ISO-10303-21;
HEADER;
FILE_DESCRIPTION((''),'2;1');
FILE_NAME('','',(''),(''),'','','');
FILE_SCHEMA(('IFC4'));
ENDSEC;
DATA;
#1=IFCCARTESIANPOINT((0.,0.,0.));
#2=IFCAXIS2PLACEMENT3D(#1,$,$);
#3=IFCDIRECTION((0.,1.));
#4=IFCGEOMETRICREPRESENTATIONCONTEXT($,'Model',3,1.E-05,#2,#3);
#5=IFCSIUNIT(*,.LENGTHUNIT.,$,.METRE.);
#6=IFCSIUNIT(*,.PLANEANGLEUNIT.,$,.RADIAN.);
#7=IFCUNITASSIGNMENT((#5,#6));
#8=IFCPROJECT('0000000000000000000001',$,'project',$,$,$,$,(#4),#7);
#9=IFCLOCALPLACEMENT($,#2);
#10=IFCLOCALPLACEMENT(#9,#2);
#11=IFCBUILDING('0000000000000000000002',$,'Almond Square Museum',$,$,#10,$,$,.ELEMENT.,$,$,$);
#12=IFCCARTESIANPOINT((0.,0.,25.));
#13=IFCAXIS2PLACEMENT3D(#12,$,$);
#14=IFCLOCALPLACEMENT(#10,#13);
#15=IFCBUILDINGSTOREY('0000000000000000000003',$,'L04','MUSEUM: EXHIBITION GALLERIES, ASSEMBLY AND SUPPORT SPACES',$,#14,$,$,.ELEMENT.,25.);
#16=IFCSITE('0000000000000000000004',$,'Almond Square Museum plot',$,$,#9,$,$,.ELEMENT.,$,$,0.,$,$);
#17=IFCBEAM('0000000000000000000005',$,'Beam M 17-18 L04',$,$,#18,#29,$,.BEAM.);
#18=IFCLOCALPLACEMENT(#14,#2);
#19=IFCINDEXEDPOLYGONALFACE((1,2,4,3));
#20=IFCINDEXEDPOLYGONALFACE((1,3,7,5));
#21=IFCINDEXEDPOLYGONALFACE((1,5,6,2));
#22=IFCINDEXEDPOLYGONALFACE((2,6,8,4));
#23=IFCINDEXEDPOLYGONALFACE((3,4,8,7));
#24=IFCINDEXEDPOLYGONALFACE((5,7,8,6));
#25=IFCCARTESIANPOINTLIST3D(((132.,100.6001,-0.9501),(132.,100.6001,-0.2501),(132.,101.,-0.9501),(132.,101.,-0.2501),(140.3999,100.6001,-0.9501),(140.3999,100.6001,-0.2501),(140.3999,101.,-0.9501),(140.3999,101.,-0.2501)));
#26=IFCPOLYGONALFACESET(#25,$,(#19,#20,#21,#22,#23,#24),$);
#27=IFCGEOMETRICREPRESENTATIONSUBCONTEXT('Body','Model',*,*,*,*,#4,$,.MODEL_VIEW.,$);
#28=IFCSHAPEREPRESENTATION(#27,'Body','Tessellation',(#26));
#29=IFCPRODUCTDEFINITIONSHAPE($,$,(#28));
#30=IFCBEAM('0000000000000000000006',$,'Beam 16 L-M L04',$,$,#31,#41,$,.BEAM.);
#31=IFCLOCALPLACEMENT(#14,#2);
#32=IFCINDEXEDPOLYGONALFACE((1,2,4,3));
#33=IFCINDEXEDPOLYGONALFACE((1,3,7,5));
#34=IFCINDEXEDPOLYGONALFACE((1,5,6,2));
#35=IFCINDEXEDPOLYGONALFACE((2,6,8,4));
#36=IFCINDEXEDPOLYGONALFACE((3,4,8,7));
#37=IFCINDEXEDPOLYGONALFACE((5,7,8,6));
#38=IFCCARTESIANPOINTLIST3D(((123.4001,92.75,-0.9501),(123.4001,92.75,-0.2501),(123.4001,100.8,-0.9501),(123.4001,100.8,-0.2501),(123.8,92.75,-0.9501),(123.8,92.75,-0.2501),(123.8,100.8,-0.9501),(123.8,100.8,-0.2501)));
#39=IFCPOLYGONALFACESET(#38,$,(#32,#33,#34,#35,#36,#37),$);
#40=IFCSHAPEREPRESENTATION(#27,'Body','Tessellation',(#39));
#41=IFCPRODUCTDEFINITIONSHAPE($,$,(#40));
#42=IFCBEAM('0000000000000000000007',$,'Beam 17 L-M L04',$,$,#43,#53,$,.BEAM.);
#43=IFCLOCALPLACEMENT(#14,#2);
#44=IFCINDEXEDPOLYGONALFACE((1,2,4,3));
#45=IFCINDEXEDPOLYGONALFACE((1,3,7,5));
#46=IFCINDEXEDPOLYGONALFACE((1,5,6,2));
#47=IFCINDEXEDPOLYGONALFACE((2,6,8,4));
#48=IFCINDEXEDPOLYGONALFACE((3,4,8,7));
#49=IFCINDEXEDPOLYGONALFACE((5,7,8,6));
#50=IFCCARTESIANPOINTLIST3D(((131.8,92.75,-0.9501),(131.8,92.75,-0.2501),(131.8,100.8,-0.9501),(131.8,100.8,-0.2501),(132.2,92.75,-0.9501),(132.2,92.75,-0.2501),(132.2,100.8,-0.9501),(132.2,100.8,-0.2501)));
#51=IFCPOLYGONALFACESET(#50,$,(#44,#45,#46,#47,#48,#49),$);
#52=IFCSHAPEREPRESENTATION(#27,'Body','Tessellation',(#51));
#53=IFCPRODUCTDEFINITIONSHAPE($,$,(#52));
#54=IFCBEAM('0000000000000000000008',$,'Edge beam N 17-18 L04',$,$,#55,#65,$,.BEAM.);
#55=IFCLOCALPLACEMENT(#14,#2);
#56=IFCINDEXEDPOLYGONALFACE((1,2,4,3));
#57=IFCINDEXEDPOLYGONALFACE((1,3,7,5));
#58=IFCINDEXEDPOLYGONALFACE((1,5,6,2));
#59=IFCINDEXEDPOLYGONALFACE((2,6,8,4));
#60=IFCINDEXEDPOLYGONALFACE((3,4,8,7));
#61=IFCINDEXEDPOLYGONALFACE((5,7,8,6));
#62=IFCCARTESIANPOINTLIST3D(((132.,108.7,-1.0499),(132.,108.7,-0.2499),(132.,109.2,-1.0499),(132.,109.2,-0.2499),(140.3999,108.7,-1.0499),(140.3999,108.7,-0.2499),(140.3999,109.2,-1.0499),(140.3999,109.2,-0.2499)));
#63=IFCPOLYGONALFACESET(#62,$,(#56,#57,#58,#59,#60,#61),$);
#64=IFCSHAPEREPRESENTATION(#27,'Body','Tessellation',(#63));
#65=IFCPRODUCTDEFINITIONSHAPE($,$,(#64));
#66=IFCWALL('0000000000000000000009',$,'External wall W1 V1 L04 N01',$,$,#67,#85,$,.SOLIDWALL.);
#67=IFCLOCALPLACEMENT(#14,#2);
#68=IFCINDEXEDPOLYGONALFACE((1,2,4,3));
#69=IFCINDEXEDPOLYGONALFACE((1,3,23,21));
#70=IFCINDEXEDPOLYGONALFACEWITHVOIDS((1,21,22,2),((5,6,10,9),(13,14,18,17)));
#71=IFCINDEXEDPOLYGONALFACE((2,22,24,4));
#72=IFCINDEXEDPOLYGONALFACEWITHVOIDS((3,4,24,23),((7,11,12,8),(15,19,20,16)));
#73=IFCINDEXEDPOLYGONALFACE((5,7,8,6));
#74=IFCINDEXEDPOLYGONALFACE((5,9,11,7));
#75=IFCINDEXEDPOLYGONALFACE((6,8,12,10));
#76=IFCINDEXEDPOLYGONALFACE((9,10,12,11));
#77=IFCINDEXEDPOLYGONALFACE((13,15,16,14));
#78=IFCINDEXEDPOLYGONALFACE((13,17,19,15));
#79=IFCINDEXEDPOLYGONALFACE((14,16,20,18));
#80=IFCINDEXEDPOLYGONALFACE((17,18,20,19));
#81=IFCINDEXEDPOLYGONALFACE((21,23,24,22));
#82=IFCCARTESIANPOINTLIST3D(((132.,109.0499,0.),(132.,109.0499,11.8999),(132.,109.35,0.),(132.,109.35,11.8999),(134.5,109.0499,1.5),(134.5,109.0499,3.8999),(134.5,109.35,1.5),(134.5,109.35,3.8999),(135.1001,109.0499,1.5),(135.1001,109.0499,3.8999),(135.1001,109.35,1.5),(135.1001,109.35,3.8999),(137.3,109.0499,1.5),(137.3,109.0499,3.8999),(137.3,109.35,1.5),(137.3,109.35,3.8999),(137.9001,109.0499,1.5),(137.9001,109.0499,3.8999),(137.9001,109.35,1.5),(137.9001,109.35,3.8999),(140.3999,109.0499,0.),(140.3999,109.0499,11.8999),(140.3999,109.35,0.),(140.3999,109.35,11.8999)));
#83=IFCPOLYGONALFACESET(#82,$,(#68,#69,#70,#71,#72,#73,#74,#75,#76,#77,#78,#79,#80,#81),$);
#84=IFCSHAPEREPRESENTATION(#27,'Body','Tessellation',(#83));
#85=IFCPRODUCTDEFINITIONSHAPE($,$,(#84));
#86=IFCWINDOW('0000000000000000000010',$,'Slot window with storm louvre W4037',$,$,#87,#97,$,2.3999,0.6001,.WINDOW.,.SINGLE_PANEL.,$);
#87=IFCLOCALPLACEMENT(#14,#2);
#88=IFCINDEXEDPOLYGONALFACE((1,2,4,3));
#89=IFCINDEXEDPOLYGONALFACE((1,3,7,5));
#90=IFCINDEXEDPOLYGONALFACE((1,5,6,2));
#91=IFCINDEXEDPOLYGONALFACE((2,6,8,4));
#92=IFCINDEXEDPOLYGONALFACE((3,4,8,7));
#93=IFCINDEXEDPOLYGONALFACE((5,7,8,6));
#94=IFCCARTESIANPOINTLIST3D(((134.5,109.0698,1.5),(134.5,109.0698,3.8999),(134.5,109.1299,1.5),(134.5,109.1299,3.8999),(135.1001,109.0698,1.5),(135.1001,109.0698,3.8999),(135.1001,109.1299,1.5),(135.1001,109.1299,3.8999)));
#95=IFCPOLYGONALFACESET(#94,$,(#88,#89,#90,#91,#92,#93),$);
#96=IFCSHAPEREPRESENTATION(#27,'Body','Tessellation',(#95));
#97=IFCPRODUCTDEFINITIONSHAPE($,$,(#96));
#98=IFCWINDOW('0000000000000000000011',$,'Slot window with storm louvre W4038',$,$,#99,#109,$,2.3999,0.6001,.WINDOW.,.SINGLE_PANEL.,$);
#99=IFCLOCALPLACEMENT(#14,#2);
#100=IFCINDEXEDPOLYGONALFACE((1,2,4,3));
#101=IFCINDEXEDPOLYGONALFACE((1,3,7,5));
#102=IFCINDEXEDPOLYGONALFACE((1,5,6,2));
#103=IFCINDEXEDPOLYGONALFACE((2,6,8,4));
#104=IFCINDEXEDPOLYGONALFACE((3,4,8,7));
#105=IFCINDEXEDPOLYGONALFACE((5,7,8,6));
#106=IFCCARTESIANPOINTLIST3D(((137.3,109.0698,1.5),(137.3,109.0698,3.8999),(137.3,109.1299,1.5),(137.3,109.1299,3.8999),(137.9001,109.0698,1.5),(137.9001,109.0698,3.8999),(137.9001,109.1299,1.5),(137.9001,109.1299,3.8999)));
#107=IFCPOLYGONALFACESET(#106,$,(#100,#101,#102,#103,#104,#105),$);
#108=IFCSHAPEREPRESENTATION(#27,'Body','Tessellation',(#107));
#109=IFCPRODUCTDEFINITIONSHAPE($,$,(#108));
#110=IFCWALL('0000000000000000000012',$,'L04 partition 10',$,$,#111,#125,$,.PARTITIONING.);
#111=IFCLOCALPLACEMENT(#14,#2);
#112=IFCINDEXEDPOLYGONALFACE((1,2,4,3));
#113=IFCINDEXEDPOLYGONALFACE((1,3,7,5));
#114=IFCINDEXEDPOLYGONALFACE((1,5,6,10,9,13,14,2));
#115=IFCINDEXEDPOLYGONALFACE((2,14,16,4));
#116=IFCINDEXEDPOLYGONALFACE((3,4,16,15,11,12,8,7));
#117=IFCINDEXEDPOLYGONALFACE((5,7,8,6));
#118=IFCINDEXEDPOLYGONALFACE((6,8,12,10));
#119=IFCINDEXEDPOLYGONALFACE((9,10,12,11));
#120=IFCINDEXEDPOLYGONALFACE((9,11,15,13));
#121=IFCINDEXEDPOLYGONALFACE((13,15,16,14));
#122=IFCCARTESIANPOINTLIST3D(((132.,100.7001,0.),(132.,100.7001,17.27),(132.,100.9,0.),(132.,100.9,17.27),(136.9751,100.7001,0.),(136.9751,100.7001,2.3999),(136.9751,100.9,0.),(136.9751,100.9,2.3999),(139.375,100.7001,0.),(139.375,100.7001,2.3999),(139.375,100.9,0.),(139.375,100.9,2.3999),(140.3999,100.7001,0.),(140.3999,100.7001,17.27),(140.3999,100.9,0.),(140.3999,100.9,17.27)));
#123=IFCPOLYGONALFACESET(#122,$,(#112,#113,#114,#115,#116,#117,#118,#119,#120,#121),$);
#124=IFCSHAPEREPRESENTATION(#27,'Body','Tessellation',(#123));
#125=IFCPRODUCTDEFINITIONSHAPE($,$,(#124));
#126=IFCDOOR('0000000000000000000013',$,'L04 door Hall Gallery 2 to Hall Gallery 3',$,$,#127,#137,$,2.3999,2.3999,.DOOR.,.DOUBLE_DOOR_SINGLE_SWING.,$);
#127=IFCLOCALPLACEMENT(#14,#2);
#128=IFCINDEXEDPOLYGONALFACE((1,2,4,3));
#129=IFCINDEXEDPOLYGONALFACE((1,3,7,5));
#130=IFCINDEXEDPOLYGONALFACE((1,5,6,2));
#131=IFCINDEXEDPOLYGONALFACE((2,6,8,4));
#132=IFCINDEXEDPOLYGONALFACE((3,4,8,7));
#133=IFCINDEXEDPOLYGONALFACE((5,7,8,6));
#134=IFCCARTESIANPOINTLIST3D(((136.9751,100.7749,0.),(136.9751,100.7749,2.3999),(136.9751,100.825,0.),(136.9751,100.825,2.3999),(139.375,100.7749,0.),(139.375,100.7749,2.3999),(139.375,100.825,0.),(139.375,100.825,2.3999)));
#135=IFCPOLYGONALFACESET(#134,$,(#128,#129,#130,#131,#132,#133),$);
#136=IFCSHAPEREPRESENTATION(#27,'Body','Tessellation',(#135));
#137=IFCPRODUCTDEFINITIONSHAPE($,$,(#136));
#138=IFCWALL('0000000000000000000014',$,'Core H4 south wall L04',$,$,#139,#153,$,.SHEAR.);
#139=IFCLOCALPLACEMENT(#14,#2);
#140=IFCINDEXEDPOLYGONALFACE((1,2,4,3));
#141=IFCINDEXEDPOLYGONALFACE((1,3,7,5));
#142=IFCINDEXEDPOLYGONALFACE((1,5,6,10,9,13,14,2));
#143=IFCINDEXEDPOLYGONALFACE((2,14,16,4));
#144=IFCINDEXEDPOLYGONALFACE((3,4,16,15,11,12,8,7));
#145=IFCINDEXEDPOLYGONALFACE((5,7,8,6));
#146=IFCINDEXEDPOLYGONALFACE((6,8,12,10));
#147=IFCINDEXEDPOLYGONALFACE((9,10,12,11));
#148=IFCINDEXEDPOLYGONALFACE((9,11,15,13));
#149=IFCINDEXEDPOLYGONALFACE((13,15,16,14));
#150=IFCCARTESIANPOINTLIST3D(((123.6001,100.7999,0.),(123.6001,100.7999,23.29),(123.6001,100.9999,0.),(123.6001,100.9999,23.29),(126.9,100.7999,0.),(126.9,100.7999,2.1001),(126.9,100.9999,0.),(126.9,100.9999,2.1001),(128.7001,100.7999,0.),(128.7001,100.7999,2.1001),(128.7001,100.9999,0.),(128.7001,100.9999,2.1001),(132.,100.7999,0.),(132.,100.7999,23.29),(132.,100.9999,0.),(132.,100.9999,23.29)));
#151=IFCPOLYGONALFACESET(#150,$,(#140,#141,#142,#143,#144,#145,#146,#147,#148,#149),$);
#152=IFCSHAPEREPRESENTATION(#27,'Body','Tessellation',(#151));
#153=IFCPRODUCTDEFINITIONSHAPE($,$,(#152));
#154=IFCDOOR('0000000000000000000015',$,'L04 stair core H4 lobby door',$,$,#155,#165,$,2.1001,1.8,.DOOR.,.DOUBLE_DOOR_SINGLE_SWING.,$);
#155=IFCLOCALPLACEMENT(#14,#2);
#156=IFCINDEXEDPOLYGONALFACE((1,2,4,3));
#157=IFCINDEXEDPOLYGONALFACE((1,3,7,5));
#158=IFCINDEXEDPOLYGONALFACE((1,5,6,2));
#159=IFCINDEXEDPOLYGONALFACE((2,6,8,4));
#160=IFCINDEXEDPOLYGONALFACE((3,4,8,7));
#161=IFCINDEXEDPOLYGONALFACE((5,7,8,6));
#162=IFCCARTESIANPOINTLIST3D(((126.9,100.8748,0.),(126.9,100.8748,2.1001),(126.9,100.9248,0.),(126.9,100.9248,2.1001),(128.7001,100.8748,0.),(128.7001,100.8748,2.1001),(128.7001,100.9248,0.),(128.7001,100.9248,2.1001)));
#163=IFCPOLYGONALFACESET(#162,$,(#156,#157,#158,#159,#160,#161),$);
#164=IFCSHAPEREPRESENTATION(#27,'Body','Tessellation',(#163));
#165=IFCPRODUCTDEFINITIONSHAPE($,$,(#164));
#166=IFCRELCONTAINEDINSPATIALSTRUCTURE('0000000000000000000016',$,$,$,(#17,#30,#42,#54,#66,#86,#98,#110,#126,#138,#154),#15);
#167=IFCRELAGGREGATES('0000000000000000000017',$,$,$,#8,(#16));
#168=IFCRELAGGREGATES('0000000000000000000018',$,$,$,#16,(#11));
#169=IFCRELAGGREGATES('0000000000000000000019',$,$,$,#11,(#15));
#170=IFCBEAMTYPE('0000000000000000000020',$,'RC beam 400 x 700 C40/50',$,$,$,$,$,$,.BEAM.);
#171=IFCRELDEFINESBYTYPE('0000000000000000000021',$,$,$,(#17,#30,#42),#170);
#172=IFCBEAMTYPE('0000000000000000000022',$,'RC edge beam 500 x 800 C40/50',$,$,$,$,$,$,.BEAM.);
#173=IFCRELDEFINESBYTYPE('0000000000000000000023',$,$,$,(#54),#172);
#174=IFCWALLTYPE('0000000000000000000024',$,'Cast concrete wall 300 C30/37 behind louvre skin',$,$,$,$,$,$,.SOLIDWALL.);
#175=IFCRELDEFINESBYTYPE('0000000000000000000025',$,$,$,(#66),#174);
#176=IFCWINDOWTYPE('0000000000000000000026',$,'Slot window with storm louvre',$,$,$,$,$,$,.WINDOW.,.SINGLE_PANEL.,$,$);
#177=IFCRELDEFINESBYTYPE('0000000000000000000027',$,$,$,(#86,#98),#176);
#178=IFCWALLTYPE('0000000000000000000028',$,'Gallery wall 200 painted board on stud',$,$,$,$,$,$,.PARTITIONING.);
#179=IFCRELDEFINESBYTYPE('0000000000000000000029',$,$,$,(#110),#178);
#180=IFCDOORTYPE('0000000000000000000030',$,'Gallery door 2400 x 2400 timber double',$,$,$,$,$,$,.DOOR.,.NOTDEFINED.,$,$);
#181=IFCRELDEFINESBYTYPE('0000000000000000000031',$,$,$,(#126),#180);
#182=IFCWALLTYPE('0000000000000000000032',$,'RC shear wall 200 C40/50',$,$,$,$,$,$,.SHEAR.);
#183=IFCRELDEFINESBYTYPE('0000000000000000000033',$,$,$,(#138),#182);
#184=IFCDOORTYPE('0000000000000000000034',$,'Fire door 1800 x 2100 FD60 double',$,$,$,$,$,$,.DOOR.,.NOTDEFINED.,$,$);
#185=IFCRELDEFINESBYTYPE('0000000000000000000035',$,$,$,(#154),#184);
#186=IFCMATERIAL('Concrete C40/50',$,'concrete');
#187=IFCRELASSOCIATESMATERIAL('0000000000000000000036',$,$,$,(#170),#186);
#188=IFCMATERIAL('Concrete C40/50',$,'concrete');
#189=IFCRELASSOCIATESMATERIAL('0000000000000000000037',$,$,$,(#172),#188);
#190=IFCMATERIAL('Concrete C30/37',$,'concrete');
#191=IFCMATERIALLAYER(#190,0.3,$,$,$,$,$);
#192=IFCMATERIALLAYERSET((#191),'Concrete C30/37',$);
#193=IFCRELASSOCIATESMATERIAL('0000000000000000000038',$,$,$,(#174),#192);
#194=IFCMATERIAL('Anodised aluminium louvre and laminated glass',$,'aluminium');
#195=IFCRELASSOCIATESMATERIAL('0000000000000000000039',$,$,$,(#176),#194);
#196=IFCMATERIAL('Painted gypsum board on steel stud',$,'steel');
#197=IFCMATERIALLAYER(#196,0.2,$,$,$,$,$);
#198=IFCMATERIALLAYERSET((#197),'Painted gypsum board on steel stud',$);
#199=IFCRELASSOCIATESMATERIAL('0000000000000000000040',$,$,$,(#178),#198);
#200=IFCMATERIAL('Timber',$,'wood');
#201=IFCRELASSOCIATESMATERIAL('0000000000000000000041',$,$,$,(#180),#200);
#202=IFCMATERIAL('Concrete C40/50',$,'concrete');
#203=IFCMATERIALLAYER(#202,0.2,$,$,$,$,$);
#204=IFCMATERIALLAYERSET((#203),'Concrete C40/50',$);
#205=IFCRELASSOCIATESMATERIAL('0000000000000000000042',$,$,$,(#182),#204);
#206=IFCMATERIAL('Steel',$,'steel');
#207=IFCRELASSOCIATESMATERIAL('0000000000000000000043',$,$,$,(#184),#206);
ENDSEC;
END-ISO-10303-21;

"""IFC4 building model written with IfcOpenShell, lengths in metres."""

from ifc_helpers import new_model, si_unit, direction, frame, frame_2d, origin, origin_2d, place, context, subcontext, project, spatial, rectangle, extrude, material, layer, layer_set, material_profile, profile_set, type_object, element, fill, save


model = new_model("IFC4")

# Units and contexts
model_context = context("Model", 3, precision=1e-05, world=origin(), true_north=direction((0.0, 1.0)))
body_context = subcontext(model_context, "Body", "Model", "MODEL_VIEW")
ifc_project = project(units=[si_unit("LENGTHUNIT", "METRE"), si_unit("PLANEANGLEUNIT", "RADIAN")], contexts=[model_context])

# Site, building, storey
site_placement = place(None, origin())
site = spatial("IfcSite", under=ifc_project, at=site_placement, Name="Almond Square Museum plot", CompositionType="ELEMENT", RefElevation=0.0)
building_placement = place(site_placement, origin())
building = spatial("IfcBuilding", under=site, at=building_placement, Name="Almond Square Museum", CompositionType="ELEMENT")
storey_placement = place(building_placement, frame((0.0, 0.0, 25.0)))
storey = spatial("IfcBuildingStorey", under=building, at=storey_placement, Name="L04", Description="MUSEUM: EXHIBITION GALLERIES, ASSEMBLY AND SUPPORT SPACES", CompositionType="ELEMENT", Elevation=25.0)

# Beams
ifc_material_1 = material(Name="Concrete C40/50", Category="concrete")
ifc_material_profile_1 = material_profile(ifc_material_1, rectangle(XDim=0.3999, YDim=0.7, at=origin_2d()))
ifc_profile_set_1 = profile_set([ifc_material_profile_1], Name="Concrete C40/50")
beam_type_1 = type_object("IfcBeamType", Name="RC beam 400 x 700 C40/50", PredefinedType="BEAM", material=ifc_profile_set_1)
beam_1_placement = place(storey_placement, frame((132.0, 100.8, -0.6001), z_axis=(1.0, 0.0, 0.0), x_axis=(0.0, 1.0, 0.0)))
element("IfcBeam", 1, at=beam_1_placement, inside=storey, type_object=beam_type_1, Name="Beam M 17-18 L04", PredefinedType="BEAM", context=body_context, shape_type="SweptSolid", body=[
    extrude(rectangle(XDim=0.3999, YDim=0.7, at=origin_2d()), origin(), (0.0, 0.0, 1.0), 8.3999),
])
for number, where, z_axis, x_axis, name in (
    (2, (123.6001, 92.75, -0.6001), (0.0, 1.0, 0.0), (-1.0, 0.0, 0.0), "Beam 16 L-M L04"),
    (3, (132.0, 92.75, -0.6001), (0.0, 1.0, 0.0), (-1.0, 0.0, 0.0), "Beam 17 L-M L04"),
):
    element("IfcBeam", number, at=place(storey_placement, frame(where, z_axis=z_axis, x_axis=x_axis)), inside=storey, type_object=beam_type_1, Name=name, PredefinedType="BEAM", context=body_context, shape_type="SweptSolid", body=[
        extrude(rectangle(XDim=0.3999, YDim=0.7, at=origin_2d()), origin(), (0.0, 0.0, 1.0), 8.05),
    ])
ifc_material_2 = material(Name="Concrete C40/50", Category="concrete")
ifc_material_profile_2 = material_profile(ifc_material_2, rectangle(XDim=0.5, YDim=0.8, at=origin_2d()))
ifc_profile_set_2 = profile_set([ifc_material_profile_2], Name="Concrete C40/50")
beam_type_2 = type_object("IfcBeamType", Name="RC edge beam 500 x 800 C40/50", PredefinedType="BEAM", material=ifc_profile_set_2)
beam_2_placement = place(storey_placement, frame((132.0, 108.95, -0.6499), z_axis=(1.0, 0.0, 0.0), x_axis=(0.0, 1.0, 0.0)))
element("IfcBeam", 4, at=beam_2_placement, inside=storey, type_object=beam_type_2, Name="Edge beam N 17-18 L04", PredefinedType="BEAM", context=body_context, shape_type="SweptSolid", body=[
    extrude(rectangle(XDim=0.5, YDim=0.8, at=origin_2d()), origin(), (0.0, 0.0, 1.0), 8.3999),
])

# Wall, openings, windows
ifc_material_3 = material(Name="Concrete C30/37", Category="concrete")
ifc_layer_1 = layer(ifc_material_3, 0.3)
ifc_layer_set_1 = layer_set([ifc_layer_1], Name="Concrete C30/37")
wall_type_1 = type_object("IfcWallType", Name="Cast concrete wall 300 C30/37 behind louvre skin", PredefinedType="SOLIDWALL", material=ifc_layer_set_1)
wall_1_placement = place(storey_placement, frame((132.0, 109.2, 0.0), z_axis=(0.0, 0.0, 1.0), x_axis=(1.0, 0.0, 0.0)))
wall_1 = element("IfcWall", 5, at=wall_1_placement, inside=storey, type_object=wall_type_1, Name="External wall W1 V1 L04 N01", PredefinedType="SOLIDWALL", context=body_context, shape_type="SweptSolid", body=[
    extrude(rectangle(XDim=8.3999, YDim=0.3, at=frame_2d((4.2, 0.0))), origin(), (0.0, 0.0, 1.0), 11.8999),
])
opening_1_placement = place(wall_1_placement, frame((2.5, 0.0, 1.5)))
opening_1 = element("IfcOpeningElement", 6, at=opening_1_placement, cuts=wall_1, PredefinedType="OPENING", context=body_context, shape_type="SweptSolid", body=[
    extrude(rectangle(XDim=0.6001, YDim=2.3999, at=frame_2d((0.3, 1.2))), frame((0.0, 0.1599, 0.0), z_axis=(0.0, -1.0, 0.0), x_axis=(1.0, 0.0, 0.0)), (0.0, 0.0, 1.0), 0.3201),
])
opening_2_placement = place(wall_1_placement, frame((5.3, 0.0, 1.5)))
opening_2 = element("IfcOpeningElement", 7, at=opening_2_placement, cuts=wall_1, PredefinedType="OPENING", context=body_context, shape_type="SweptSolid", body=[
    extrude(rectangle(XDim=0.6001, YDim=2.3999, at=frame_2d((0.3, 1.2))), frame((0.0, 0.1599, 0.0), z_axis=(0.0, -1.0, 0.0), x_axis=(1.0, 0.0, 0.0)), (0.0, 0.0, 1.0), 0.3201),
])
ifc_material_4 = material(Name="Anodised aluminium louvre and laminated glass", Category="aluminium")
window_type = type_object("IfcWindowType", Name="Slot window with storm louvre", PartitioningType="SINGLE_PANEL", PredefinedType="WINDOW", material=ifc_material_4)
window_1_placement = place(opening_1_placement, origin())
window_1 = element("IfcWindow", 8, at=window_1_placement, inside=storey, type_object=window_type, Name="Slot window with storm louvre W4037", OverallHeight=2.3999, OverallWidth=0.6001, PartitioningType="SINGLE_PANEL", PredefinedType="WINDOW", context=body_context, shape_type="SweptSolid", body=[
    extrude(rectangle(XDim=0.6001, YDim=2.3999, at=frame_2d((0.3, 1.2))), frame((0.0, -0.0701, 0.0), z_axis=(0.0, -1.0, 0.0), x_axis=(1.0, 0.0, 0.0)), (0.0, 0.0, 1.0), 0.0601),
])
fill(opening_1, window_1)
window_2_placement = place(opening_2_placement, origin())
window_2 = element("IfcWindow", 9, at=window_2_placement, inside=storey, type_object=window_type, Name="Slot window with storm louvre W4038", OverallHeight=2.3999, OverallWidth=0.6001, PartitioningType="SINGLE_PANEL", PredefinedType="WINDOW", context=body_context, shape_type="SweptSolid", body=[
    extrude(rectangle(XDim=0.6001, YDim=2.3999, at=frame_2d((0.3, 1.2))), frame((0.0, -0.0701, 0.0), z_axis=(0.0, -1.0, 0.0), x_axis=(1.0, 0.0, 0.0)), (0.0, 0.0, 1.0), 0.0601),
])
fill(opening_2, window_2)

# Walls, openings, doors
ifc_material_5 = material(Name="Painted gypsum board on steel stud", Category="steel")
ifc_layer_2 = layer(ifc_material_5, 0.2)
ifc_layer_set_2 = layer_set([ifc_layer_2], Name="Painted gypsum board on steel stud")
wall_type_2 = type_object("IfcWallType", Name="Gallery wall 200 painted board on stud", PredefinedType="PARTITIONING", material=ifc_layer_set_2)
wall_2_placement = place(storey_placement, frame((132.0, 100.8, 0.0), z_axis=(0.0, 0.0, 1.0), x_axis=(1.0, 0.0, 0.0)))
wall_2 = element("IfcWall", 10, at=wall_2_placement, inside=storey, type_object=wall_type_2, Name="L04 partition 10", PredefinedType="PARTITIONING", context=body_context, shape_type="SweptSolid", body=[
    extrude(rectangle(XDim=8.3999, YDim=0.2, at=frame_2d((4.2, 0.0))), origin(), (0.0, 0.0, 1.0), 17.27),
])
opening_3_placement = place(wall_2_placement, frame((4.9751, 0.0, 0.0)))
opening_3 = element("IfcOpeningElement", 11, at=opening_3_placement, cuts=wall_2, PredefinedType="OPENING", context=body_context, shape_type="SweptSolid", body=[
    extrude(rectangle(XDim=2.3999, YDim=2.3999, at=frame_2d((1.2, 1.2))), frame((0.0, 0.1099, 0.0), z_axis=(0.0, -1.0, 0.0), x_axis=(1.0, 0.0, 0.0)), (0.0, 0.0, 1.0), 0.22),
])
ifc_material_6 = material(Name="Timber", Category="wood")
door_type_1 = type_object("IfcDoorType", Name="Gallery door 2400 x 2400 timber double", OperationType="NOTDEFINED", PredefinedType="DOOR", material=ifc_material_6)
door_1_placement = place(opening_3_placement, origin())
door_1 = element("IfcDoor", 12, at=door_1_placement, inside=storey, type_object=door_type_1, Name="L04 door Hall Gallery 2 to Hall Gallery 3", OperationType="DOUBLE_DOOR_SINGLE_SWING", OverallHeight=2.3999, OverallWidth=2.3999, PredefinedType="DOOR", context=body_context, shape_type="SweptSolid", body=[
    extrude(rectangle(XDim=2.3999, YDim=2.3999, at=frame_2d((1.2, 1.2))), frame((0.0, 0.0249, 0.0), z_axis=(0.0, -1.0, 0.0), x_axis=(1.0, 0.0, 0.0)), (0.0, 0.0, 1.0), 0.05),
])
fill(opening_3, door_1)
ifc_material_7 = material(Name="Concrete C40/50", Category="concrete")
ifc_layer_3 = layer(ifc_material_7, 0.2)
ifc_layer_set_3 = layer_set([ifc_layer_3], Name="Concrete C40/50")
wall_type_3 = type_object("IfcWallType", Name="RC shear wall 200 C40/50", PredefinedType="SHEAR", material=ifc_layer_set_3)
wall_3_placement = place(storey_placement, frame((123.6001, 100.8999, 0.0), z_axis=(0.0, 0.0, 1.0), x_axis=(1.0, 0.0, 0.0)))
wall_3 = element("IfcWall", 13, at=wall_3_placement, inside=storey, type_object=wall_type_3, Name="Core H4 south wall L04", PredefinedType="SHEAR", context=body_context, shape_type="SweptSolid", body=[
    extrude(rectangle(XDim=8.3999, YDim=0.2, at=frame_2d((4.2, 0.0))), origin(), (0.0, 0.0, 1.0), 23.29),
])
opening_4_placement = place(wall_3_placement, frame((3.3, 0.0, 0.0)))
opening_4 = element("IfcOpeningElement", 14, at=opening_4_placement, cuts=wall_3, PredefinedType="OPENING", context=body_context, shape_type="SweptSolid", body=[
    extrude(rectangle(XDim=1.8, YDim=2.1001, at=frame_2d((0.8999, 1.05))), frame((0.0, 0.1099, 0.0), z_axis=(0.0, -1.0, 0.0), x_axis=(1.0, 0.0, 0.0)), (0.0, 0.0, 1.0), 0.22),
])
ifc_material_8 = material(Name="Steel", Category="steel")
door_type_2 = type_object("IfcDoorType", Name="Fire door 1800 x 2100 FD60 double", OperationType="NOTDEFINED", PredefinedType="DOOR", material=ifc_material_8)
door_2_placement = place(opening_4_placement, origin())
door_2 = element("IfcDoor", 15, at=door_2_placement, inside=storey, type_object=door_type_2, Name="L04 stair core H4 lobby door", OperationType="DOUBLE_DOOR_SINGLE_SWING", OverallHeight=2.1001, OverallWidth=1.8, PredefinedType="DOOR", context=body_context, shape_type="SweptSolid", body=[
    extrude(rectangle(XDim=1.8, YDim=2.1001, at=frame_2d((0.8999, 1.05))), frame((0.0, 0.0249, 0.0), z_axis=(0.0, -1.0, 0.0), x_axis=(1.0, 0.0, 0.0)), (0.0, 0.0, 1.0), 0.05),
])
fill(opening_4, door_2)

save(model, "model.ifc")
